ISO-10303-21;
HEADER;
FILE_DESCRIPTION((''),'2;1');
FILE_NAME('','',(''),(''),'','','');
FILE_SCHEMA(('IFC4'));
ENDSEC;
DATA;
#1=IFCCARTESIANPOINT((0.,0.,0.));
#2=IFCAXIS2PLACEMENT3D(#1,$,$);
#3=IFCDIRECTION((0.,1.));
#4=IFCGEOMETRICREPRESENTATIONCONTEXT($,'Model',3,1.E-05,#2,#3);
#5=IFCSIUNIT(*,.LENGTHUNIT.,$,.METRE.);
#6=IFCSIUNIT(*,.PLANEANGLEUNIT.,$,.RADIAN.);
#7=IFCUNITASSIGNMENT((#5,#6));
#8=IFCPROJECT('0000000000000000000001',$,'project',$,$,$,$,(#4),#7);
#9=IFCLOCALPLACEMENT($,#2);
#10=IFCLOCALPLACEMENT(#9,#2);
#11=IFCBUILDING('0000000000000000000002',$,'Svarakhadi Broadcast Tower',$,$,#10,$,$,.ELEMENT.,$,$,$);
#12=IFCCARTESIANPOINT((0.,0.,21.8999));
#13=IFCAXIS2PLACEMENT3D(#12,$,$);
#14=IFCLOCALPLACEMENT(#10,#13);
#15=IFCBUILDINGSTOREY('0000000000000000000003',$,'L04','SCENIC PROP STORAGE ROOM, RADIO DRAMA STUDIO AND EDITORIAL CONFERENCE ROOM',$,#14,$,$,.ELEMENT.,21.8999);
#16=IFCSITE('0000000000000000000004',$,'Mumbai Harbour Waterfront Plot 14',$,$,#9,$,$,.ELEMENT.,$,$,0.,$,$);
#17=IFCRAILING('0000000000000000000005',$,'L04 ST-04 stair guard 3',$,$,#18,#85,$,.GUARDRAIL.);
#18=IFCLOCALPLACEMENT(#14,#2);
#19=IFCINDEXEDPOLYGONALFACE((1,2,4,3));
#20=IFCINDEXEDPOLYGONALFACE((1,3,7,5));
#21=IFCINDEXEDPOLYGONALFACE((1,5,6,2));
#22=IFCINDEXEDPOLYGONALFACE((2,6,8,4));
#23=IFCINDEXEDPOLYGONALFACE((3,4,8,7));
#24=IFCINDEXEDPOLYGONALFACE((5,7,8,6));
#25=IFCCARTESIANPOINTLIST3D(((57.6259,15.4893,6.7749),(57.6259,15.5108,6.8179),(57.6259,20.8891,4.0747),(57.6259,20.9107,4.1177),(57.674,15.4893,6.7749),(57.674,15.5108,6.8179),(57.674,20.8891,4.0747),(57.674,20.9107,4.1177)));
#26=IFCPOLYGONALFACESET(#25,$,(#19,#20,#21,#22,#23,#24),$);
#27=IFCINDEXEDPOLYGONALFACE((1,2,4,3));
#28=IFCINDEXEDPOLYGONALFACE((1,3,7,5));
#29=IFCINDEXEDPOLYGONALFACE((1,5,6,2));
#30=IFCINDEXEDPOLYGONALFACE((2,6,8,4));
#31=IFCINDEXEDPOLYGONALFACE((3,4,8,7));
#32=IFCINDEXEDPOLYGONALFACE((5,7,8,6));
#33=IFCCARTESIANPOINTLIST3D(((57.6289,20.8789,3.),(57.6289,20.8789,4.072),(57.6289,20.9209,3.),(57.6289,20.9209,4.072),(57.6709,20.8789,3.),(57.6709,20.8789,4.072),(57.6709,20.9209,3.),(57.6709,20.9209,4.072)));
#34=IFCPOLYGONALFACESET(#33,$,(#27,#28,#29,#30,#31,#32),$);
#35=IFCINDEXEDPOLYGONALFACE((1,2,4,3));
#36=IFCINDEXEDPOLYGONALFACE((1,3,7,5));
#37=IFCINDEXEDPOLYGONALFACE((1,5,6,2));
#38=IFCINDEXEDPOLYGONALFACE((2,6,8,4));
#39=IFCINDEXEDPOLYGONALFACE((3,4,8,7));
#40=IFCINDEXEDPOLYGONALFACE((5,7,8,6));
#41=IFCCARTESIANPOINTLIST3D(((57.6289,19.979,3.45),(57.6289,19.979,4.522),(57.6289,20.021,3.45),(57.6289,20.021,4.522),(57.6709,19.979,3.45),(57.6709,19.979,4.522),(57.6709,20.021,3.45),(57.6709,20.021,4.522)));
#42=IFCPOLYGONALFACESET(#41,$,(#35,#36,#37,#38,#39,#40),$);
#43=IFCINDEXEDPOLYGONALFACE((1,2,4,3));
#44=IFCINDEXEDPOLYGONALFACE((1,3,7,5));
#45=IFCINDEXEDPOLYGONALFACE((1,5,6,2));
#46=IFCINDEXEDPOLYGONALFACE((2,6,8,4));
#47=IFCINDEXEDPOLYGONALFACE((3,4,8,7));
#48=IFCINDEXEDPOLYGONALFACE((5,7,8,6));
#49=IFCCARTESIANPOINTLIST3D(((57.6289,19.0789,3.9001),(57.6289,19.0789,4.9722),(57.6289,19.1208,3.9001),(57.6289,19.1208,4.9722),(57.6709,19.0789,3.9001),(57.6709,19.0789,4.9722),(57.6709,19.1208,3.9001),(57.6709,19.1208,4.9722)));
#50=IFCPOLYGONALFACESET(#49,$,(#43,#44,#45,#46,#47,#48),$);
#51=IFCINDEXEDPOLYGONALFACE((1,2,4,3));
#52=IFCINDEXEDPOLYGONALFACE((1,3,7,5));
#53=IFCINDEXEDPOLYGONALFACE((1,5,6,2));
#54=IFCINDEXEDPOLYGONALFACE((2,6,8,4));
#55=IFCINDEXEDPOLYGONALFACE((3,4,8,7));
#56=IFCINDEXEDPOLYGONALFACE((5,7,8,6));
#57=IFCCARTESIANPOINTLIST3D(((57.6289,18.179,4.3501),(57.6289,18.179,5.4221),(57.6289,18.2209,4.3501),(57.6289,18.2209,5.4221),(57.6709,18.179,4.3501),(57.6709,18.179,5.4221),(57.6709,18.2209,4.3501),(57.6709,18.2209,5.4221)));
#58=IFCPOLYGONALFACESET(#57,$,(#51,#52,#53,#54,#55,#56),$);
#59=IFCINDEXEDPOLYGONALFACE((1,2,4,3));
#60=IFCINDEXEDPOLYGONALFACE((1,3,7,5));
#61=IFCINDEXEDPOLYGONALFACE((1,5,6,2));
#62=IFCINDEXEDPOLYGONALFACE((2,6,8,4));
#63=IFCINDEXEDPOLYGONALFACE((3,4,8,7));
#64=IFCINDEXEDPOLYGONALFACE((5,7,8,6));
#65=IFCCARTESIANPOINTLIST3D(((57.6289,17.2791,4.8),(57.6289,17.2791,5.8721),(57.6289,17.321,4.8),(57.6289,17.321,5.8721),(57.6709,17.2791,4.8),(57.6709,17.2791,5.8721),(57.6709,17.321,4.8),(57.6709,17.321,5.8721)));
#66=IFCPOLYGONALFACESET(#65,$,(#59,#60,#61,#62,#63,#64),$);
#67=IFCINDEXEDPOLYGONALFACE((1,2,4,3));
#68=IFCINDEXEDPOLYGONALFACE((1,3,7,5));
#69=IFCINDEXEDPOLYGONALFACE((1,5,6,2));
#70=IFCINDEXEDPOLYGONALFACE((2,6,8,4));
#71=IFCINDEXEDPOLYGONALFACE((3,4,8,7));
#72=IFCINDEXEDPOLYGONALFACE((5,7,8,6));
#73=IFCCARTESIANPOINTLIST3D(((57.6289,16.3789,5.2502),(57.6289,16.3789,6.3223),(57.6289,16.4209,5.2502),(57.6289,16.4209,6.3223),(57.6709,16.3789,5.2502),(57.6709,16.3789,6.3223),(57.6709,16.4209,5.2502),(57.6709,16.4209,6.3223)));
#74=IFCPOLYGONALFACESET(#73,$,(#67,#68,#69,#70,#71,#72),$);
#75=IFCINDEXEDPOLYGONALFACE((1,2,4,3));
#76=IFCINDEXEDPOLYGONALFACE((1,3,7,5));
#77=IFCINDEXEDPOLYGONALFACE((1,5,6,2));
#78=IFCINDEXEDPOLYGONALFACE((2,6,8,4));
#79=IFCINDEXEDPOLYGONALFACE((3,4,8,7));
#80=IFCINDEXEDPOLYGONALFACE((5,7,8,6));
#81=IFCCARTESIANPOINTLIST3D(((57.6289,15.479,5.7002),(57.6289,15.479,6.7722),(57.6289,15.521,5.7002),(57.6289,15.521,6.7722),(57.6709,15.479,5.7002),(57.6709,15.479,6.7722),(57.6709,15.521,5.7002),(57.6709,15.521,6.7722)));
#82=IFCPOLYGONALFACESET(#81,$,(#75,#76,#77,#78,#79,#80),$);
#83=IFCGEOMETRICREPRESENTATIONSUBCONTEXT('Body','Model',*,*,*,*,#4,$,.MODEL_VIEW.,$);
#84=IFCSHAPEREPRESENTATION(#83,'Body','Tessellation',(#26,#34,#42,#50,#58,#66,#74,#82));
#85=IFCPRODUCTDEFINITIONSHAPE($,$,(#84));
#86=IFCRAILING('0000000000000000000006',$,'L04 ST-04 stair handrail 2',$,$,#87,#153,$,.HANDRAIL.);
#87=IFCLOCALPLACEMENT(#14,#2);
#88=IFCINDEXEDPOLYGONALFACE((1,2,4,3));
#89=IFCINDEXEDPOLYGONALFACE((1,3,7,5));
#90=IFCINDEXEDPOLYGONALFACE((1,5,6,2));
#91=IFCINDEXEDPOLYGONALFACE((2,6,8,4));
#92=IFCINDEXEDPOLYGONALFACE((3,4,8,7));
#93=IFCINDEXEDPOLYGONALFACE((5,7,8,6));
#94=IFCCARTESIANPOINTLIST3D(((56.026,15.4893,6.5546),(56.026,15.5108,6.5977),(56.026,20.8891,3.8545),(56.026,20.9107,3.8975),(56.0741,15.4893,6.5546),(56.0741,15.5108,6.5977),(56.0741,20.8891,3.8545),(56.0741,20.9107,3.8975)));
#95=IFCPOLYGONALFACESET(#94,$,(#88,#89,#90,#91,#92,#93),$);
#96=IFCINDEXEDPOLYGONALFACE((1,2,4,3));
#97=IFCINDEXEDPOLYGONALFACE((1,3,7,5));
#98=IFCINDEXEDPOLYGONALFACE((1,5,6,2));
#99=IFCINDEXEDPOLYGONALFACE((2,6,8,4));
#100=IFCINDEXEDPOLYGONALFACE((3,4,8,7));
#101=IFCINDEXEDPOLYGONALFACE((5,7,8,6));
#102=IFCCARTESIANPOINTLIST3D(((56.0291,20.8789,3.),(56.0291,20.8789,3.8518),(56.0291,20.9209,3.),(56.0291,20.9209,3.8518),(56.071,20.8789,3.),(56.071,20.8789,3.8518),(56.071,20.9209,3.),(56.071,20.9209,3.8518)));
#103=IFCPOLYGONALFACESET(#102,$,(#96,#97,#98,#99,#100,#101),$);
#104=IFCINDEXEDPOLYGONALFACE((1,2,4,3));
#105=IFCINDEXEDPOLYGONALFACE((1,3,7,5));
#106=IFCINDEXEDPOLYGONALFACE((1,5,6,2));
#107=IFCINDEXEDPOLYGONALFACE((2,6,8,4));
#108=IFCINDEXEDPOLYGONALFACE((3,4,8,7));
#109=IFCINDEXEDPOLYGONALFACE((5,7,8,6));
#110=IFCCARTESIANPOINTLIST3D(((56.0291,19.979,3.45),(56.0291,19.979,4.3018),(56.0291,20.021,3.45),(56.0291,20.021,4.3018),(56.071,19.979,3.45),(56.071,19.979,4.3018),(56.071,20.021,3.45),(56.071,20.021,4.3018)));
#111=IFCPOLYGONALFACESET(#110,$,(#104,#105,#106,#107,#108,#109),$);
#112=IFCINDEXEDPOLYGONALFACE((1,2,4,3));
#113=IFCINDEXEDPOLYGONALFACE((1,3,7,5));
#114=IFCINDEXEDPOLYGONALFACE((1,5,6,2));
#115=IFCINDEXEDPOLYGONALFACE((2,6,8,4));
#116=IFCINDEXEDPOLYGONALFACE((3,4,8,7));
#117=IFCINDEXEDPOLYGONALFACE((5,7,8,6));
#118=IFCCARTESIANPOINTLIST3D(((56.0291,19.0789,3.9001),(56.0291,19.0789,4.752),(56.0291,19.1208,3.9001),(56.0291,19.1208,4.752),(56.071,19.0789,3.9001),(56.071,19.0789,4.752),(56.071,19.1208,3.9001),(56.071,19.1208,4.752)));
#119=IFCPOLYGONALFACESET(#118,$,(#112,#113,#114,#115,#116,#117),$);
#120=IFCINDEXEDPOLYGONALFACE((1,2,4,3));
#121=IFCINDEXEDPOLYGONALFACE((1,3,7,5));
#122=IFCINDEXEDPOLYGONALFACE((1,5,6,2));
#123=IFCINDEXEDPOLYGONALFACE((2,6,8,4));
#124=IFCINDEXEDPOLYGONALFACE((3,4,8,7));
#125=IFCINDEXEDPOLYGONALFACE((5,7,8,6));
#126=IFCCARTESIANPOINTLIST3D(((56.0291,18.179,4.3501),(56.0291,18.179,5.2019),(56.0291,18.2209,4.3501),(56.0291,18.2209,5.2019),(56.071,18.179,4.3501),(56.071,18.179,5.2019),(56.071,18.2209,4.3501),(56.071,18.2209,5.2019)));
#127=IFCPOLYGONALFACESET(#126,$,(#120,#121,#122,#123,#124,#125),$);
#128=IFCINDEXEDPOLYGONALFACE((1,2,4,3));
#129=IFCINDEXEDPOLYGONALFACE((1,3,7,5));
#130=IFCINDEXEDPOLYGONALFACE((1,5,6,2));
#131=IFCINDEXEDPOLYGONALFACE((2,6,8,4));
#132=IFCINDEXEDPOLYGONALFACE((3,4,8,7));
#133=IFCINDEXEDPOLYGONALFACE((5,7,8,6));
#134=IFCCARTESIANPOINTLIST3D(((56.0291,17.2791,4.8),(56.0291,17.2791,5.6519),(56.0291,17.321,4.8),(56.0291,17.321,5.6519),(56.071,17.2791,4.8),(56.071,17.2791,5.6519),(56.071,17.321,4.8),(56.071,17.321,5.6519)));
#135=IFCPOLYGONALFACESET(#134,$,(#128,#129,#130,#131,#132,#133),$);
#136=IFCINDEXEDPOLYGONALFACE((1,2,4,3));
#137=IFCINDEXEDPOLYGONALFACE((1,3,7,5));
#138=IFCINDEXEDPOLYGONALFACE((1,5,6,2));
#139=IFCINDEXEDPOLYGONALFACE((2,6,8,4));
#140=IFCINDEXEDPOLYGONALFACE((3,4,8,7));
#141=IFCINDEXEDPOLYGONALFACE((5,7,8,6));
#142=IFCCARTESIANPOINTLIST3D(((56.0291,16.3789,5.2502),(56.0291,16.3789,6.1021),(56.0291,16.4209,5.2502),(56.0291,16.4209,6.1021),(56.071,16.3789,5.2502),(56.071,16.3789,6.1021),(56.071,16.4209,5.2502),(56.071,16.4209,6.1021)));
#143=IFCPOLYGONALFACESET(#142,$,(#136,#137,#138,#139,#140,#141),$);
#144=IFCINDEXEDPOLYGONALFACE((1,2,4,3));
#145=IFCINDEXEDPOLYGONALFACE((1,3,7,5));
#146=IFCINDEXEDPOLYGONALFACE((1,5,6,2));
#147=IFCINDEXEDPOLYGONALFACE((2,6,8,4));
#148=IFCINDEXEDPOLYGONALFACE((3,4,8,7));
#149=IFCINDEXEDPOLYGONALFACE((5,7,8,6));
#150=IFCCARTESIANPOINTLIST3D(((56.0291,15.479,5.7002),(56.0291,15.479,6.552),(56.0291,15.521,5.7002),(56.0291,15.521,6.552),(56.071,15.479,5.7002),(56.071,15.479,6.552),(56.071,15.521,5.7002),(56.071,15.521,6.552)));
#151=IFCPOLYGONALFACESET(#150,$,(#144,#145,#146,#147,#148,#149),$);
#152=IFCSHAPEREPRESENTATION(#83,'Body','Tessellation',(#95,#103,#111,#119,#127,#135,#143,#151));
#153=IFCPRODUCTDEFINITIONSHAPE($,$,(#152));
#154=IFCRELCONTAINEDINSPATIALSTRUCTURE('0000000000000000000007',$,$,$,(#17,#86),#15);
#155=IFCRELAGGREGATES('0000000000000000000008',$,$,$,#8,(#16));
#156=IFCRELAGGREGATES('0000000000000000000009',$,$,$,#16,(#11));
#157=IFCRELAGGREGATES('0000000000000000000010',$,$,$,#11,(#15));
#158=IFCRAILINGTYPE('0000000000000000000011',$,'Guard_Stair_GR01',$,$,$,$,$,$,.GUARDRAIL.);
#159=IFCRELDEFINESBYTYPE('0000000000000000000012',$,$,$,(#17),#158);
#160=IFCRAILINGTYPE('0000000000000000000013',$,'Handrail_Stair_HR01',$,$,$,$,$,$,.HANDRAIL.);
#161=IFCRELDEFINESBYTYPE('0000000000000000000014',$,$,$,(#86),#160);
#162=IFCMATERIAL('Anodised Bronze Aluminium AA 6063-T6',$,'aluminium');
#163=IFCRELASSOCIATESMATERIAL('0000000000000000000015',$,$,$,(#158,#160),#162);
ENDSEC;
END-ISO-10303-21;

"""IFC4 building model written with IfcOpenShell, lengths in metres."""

from ifc_helpers import new_model, si_unit, direction, frame, origin, origin_2d, place, context, subcontext, project, spatial, rectangle, extrude, material, type_object, element, save


model = new_model("IFC4")

# Units and contexts
model_context = context("Model", 3, precision=1e-05, world=origin(), true_north=direction((0.0, 1.0)))
body_context = subcontext(model_context, "Body", "Model", "MODEL_VIEW")
ifc_project = project(units=[si_unit("LENGTHUNIT", "METRE"), si_unit("PLANEANGLEUNIT", "RADIAN")], contexts=[model_context])

# Site, building, storey
site_placement = place(None, origin())
site = spatial("IfcSite", under=ifc_project, at=site_placement, Name="Mumbai Harbour Waterfront Plot 14", CompositionType="ELEMENT", RefElevation=0.0)
building_placement = place(site_placement, origin())
building = spatial("IfcBuilding", under=site, at=building_placement, Name="Svarakhadi Broadcast Tower", CompositionType="ELEMENT")
storey_placement = place(building_placement, frame((0.0, 0.0, 21.8999)))
storey = spatial("IfcBuildingStorey", under=building, at=storey_placement, Name="L04", Description="SCENIC PROP STORAGE ROOM, RADIO DRAMA STUDIO AND EDITORIAL CONFERENCE ROOM", CompositionType="ELEMENT", Elevation=21.8999)

# Shared definitions
ifc_material_1 = material(Name="Anodised Bronze Aluminium AA 6063-T6", Category="aluminium")

# Railings
railing_type_1 = type_object("IfcRailingType", Name="Guard_Stair_GR01", PredefinedType="GUARDRAIL", material=ifc_material_1)
railing_1_placement = place(storey_placement, frame((57.6499, 20.8999, 3.0)))
element("IfcRailing", 1, at=railing_1_placement, inside=storey, type_object=railing_type_1, Name="L04 ST-04 stair guard 3", PredefinedType="GUARDRAIL", context=body_context, shape_type="SweptSolid", body=[
    extrude(rectangle(XDim=0.0481, YDim=0.0481, at=origin_2d()), frame((0.0, 0.0, 1.0962), z_axis=(0.0, -0.894411, 0.447246), x_axis=(1.0, 0.0, 0.0)), (0.0, 0.0, 1.0), 6.0374),
    extrude(rectangle(XDim=0.042, YDim=0.042, at=origin_2d()), origin(), (0.0, 0.0, 1.0), 1.072),
    extrude(rectangle(XDim=0.042, YDim=0.042, at=origin_2d()), frame((0.0, -0.8999, 0.45)), (0.0, 0.0, 1.0), 1.072),
    extrude(rectangle(XDim=0.042, YDim=0.042, at=origin_2d()), frame((0.0, -1.8, 0.9001)), (0.0, 0.0, 1.0), 1.072),
    extrude(rectangle(XDim=0.042, YDim=0.042, at=origin_2d()), frame((0.0, -2.7, 1.3501)), (0.0, 0.0, 1.0), 1.072),
    extrude(rectangle(XDim=0.042, YDim=0.042, at=origin_2d()), frame((0.0, -3.5999, 1.8)), (0.0, 0.0, 1.0), 1.072),
    extrude(rectangle(XDim=0.042, YDim=0.042, at=origin_2d()), frame((0.0, -4.5, 2.2502)), (0.0, 0.0, 1.0), 1.072),
    extrude(rectangle(XDim=0.042, YDim=0.042, at=origin_2d()), frame((0.0, -5.3999, 2.7002)), (0.0, 0.0, 1.0), 1.072),
])
railing_type_2 = type_object("IfcRailingType", Name="Handrail_Stair_HR01", PredefinedType="HANDRAIL", material=ifc_material_1)
railing_2_placement = place(storey_placement, frame((56.05, 20.8999, 3.0)))
element("IfcRailing", 2, at=railing_2_placement, inside=storey, type_object=railing_type_2, Name="L04 ST-04 stair handrail 2", PredefinedType="HANDRAIL", context=body_context, shape_type="SweptSolid", body=[
    extrude(rectangle(XDim=0.0481, YDim=0.0481, at=origin_2d()), frame((0.0, 0.0, 0.876), z_axis=(0.0, -0.894411, 0.447246), x_axis=(1.0, 0.0, 0.0)), (0.0, 0.0, 1.0), 6.0374),
    extrude(rectangle(XDim=0.042, YDim=0.042, at=origin_2d()), origin(), (0.0, 0.0, 1.0), 0.8518),
    extrude(rectangle(XDim=0.042, YDim=0.042, at=origin_2d()), frame((0.0, -0.8999, 0.45)), (0.0, 0.0, 1.0), 0.8518),
    extrude(rectangle(XDim=0.042, YDim=0.042, at=origin_2d()), frame((0.0, -1.8, 0.9001)), (0.0, 0.0, 1.0), 0.8518),
    extrude(rectangle(XDim=0.042, YDim=0.042, at=origin_2d()), frame((0.0, -2.7, 1.3501)), (0.0, 0.0, 1.0), 0.8518),
    extrude(rectangle(XDim=0.042, YDim=0.042, at=origin_2d()), frame((0.0, -3.5999, 1.8)), (0.0, 0.0, 1.0), 0.8518),
    extrude(rectangle(XDim=0.042, YDim=0.042, at=origin_2d()), frame((0.0, -4.5, 2.2502)), (0.0, 0.0, 1.0), 0.8518),
    extrude(rectangle(XDim=0.042, YDim=0.042, at=origin_2d()), frame((0.0, -5.3999, 2.7002)), (0.0, 0.0, 1.0), 0.8518),
])

save(model, "model.ifc")
